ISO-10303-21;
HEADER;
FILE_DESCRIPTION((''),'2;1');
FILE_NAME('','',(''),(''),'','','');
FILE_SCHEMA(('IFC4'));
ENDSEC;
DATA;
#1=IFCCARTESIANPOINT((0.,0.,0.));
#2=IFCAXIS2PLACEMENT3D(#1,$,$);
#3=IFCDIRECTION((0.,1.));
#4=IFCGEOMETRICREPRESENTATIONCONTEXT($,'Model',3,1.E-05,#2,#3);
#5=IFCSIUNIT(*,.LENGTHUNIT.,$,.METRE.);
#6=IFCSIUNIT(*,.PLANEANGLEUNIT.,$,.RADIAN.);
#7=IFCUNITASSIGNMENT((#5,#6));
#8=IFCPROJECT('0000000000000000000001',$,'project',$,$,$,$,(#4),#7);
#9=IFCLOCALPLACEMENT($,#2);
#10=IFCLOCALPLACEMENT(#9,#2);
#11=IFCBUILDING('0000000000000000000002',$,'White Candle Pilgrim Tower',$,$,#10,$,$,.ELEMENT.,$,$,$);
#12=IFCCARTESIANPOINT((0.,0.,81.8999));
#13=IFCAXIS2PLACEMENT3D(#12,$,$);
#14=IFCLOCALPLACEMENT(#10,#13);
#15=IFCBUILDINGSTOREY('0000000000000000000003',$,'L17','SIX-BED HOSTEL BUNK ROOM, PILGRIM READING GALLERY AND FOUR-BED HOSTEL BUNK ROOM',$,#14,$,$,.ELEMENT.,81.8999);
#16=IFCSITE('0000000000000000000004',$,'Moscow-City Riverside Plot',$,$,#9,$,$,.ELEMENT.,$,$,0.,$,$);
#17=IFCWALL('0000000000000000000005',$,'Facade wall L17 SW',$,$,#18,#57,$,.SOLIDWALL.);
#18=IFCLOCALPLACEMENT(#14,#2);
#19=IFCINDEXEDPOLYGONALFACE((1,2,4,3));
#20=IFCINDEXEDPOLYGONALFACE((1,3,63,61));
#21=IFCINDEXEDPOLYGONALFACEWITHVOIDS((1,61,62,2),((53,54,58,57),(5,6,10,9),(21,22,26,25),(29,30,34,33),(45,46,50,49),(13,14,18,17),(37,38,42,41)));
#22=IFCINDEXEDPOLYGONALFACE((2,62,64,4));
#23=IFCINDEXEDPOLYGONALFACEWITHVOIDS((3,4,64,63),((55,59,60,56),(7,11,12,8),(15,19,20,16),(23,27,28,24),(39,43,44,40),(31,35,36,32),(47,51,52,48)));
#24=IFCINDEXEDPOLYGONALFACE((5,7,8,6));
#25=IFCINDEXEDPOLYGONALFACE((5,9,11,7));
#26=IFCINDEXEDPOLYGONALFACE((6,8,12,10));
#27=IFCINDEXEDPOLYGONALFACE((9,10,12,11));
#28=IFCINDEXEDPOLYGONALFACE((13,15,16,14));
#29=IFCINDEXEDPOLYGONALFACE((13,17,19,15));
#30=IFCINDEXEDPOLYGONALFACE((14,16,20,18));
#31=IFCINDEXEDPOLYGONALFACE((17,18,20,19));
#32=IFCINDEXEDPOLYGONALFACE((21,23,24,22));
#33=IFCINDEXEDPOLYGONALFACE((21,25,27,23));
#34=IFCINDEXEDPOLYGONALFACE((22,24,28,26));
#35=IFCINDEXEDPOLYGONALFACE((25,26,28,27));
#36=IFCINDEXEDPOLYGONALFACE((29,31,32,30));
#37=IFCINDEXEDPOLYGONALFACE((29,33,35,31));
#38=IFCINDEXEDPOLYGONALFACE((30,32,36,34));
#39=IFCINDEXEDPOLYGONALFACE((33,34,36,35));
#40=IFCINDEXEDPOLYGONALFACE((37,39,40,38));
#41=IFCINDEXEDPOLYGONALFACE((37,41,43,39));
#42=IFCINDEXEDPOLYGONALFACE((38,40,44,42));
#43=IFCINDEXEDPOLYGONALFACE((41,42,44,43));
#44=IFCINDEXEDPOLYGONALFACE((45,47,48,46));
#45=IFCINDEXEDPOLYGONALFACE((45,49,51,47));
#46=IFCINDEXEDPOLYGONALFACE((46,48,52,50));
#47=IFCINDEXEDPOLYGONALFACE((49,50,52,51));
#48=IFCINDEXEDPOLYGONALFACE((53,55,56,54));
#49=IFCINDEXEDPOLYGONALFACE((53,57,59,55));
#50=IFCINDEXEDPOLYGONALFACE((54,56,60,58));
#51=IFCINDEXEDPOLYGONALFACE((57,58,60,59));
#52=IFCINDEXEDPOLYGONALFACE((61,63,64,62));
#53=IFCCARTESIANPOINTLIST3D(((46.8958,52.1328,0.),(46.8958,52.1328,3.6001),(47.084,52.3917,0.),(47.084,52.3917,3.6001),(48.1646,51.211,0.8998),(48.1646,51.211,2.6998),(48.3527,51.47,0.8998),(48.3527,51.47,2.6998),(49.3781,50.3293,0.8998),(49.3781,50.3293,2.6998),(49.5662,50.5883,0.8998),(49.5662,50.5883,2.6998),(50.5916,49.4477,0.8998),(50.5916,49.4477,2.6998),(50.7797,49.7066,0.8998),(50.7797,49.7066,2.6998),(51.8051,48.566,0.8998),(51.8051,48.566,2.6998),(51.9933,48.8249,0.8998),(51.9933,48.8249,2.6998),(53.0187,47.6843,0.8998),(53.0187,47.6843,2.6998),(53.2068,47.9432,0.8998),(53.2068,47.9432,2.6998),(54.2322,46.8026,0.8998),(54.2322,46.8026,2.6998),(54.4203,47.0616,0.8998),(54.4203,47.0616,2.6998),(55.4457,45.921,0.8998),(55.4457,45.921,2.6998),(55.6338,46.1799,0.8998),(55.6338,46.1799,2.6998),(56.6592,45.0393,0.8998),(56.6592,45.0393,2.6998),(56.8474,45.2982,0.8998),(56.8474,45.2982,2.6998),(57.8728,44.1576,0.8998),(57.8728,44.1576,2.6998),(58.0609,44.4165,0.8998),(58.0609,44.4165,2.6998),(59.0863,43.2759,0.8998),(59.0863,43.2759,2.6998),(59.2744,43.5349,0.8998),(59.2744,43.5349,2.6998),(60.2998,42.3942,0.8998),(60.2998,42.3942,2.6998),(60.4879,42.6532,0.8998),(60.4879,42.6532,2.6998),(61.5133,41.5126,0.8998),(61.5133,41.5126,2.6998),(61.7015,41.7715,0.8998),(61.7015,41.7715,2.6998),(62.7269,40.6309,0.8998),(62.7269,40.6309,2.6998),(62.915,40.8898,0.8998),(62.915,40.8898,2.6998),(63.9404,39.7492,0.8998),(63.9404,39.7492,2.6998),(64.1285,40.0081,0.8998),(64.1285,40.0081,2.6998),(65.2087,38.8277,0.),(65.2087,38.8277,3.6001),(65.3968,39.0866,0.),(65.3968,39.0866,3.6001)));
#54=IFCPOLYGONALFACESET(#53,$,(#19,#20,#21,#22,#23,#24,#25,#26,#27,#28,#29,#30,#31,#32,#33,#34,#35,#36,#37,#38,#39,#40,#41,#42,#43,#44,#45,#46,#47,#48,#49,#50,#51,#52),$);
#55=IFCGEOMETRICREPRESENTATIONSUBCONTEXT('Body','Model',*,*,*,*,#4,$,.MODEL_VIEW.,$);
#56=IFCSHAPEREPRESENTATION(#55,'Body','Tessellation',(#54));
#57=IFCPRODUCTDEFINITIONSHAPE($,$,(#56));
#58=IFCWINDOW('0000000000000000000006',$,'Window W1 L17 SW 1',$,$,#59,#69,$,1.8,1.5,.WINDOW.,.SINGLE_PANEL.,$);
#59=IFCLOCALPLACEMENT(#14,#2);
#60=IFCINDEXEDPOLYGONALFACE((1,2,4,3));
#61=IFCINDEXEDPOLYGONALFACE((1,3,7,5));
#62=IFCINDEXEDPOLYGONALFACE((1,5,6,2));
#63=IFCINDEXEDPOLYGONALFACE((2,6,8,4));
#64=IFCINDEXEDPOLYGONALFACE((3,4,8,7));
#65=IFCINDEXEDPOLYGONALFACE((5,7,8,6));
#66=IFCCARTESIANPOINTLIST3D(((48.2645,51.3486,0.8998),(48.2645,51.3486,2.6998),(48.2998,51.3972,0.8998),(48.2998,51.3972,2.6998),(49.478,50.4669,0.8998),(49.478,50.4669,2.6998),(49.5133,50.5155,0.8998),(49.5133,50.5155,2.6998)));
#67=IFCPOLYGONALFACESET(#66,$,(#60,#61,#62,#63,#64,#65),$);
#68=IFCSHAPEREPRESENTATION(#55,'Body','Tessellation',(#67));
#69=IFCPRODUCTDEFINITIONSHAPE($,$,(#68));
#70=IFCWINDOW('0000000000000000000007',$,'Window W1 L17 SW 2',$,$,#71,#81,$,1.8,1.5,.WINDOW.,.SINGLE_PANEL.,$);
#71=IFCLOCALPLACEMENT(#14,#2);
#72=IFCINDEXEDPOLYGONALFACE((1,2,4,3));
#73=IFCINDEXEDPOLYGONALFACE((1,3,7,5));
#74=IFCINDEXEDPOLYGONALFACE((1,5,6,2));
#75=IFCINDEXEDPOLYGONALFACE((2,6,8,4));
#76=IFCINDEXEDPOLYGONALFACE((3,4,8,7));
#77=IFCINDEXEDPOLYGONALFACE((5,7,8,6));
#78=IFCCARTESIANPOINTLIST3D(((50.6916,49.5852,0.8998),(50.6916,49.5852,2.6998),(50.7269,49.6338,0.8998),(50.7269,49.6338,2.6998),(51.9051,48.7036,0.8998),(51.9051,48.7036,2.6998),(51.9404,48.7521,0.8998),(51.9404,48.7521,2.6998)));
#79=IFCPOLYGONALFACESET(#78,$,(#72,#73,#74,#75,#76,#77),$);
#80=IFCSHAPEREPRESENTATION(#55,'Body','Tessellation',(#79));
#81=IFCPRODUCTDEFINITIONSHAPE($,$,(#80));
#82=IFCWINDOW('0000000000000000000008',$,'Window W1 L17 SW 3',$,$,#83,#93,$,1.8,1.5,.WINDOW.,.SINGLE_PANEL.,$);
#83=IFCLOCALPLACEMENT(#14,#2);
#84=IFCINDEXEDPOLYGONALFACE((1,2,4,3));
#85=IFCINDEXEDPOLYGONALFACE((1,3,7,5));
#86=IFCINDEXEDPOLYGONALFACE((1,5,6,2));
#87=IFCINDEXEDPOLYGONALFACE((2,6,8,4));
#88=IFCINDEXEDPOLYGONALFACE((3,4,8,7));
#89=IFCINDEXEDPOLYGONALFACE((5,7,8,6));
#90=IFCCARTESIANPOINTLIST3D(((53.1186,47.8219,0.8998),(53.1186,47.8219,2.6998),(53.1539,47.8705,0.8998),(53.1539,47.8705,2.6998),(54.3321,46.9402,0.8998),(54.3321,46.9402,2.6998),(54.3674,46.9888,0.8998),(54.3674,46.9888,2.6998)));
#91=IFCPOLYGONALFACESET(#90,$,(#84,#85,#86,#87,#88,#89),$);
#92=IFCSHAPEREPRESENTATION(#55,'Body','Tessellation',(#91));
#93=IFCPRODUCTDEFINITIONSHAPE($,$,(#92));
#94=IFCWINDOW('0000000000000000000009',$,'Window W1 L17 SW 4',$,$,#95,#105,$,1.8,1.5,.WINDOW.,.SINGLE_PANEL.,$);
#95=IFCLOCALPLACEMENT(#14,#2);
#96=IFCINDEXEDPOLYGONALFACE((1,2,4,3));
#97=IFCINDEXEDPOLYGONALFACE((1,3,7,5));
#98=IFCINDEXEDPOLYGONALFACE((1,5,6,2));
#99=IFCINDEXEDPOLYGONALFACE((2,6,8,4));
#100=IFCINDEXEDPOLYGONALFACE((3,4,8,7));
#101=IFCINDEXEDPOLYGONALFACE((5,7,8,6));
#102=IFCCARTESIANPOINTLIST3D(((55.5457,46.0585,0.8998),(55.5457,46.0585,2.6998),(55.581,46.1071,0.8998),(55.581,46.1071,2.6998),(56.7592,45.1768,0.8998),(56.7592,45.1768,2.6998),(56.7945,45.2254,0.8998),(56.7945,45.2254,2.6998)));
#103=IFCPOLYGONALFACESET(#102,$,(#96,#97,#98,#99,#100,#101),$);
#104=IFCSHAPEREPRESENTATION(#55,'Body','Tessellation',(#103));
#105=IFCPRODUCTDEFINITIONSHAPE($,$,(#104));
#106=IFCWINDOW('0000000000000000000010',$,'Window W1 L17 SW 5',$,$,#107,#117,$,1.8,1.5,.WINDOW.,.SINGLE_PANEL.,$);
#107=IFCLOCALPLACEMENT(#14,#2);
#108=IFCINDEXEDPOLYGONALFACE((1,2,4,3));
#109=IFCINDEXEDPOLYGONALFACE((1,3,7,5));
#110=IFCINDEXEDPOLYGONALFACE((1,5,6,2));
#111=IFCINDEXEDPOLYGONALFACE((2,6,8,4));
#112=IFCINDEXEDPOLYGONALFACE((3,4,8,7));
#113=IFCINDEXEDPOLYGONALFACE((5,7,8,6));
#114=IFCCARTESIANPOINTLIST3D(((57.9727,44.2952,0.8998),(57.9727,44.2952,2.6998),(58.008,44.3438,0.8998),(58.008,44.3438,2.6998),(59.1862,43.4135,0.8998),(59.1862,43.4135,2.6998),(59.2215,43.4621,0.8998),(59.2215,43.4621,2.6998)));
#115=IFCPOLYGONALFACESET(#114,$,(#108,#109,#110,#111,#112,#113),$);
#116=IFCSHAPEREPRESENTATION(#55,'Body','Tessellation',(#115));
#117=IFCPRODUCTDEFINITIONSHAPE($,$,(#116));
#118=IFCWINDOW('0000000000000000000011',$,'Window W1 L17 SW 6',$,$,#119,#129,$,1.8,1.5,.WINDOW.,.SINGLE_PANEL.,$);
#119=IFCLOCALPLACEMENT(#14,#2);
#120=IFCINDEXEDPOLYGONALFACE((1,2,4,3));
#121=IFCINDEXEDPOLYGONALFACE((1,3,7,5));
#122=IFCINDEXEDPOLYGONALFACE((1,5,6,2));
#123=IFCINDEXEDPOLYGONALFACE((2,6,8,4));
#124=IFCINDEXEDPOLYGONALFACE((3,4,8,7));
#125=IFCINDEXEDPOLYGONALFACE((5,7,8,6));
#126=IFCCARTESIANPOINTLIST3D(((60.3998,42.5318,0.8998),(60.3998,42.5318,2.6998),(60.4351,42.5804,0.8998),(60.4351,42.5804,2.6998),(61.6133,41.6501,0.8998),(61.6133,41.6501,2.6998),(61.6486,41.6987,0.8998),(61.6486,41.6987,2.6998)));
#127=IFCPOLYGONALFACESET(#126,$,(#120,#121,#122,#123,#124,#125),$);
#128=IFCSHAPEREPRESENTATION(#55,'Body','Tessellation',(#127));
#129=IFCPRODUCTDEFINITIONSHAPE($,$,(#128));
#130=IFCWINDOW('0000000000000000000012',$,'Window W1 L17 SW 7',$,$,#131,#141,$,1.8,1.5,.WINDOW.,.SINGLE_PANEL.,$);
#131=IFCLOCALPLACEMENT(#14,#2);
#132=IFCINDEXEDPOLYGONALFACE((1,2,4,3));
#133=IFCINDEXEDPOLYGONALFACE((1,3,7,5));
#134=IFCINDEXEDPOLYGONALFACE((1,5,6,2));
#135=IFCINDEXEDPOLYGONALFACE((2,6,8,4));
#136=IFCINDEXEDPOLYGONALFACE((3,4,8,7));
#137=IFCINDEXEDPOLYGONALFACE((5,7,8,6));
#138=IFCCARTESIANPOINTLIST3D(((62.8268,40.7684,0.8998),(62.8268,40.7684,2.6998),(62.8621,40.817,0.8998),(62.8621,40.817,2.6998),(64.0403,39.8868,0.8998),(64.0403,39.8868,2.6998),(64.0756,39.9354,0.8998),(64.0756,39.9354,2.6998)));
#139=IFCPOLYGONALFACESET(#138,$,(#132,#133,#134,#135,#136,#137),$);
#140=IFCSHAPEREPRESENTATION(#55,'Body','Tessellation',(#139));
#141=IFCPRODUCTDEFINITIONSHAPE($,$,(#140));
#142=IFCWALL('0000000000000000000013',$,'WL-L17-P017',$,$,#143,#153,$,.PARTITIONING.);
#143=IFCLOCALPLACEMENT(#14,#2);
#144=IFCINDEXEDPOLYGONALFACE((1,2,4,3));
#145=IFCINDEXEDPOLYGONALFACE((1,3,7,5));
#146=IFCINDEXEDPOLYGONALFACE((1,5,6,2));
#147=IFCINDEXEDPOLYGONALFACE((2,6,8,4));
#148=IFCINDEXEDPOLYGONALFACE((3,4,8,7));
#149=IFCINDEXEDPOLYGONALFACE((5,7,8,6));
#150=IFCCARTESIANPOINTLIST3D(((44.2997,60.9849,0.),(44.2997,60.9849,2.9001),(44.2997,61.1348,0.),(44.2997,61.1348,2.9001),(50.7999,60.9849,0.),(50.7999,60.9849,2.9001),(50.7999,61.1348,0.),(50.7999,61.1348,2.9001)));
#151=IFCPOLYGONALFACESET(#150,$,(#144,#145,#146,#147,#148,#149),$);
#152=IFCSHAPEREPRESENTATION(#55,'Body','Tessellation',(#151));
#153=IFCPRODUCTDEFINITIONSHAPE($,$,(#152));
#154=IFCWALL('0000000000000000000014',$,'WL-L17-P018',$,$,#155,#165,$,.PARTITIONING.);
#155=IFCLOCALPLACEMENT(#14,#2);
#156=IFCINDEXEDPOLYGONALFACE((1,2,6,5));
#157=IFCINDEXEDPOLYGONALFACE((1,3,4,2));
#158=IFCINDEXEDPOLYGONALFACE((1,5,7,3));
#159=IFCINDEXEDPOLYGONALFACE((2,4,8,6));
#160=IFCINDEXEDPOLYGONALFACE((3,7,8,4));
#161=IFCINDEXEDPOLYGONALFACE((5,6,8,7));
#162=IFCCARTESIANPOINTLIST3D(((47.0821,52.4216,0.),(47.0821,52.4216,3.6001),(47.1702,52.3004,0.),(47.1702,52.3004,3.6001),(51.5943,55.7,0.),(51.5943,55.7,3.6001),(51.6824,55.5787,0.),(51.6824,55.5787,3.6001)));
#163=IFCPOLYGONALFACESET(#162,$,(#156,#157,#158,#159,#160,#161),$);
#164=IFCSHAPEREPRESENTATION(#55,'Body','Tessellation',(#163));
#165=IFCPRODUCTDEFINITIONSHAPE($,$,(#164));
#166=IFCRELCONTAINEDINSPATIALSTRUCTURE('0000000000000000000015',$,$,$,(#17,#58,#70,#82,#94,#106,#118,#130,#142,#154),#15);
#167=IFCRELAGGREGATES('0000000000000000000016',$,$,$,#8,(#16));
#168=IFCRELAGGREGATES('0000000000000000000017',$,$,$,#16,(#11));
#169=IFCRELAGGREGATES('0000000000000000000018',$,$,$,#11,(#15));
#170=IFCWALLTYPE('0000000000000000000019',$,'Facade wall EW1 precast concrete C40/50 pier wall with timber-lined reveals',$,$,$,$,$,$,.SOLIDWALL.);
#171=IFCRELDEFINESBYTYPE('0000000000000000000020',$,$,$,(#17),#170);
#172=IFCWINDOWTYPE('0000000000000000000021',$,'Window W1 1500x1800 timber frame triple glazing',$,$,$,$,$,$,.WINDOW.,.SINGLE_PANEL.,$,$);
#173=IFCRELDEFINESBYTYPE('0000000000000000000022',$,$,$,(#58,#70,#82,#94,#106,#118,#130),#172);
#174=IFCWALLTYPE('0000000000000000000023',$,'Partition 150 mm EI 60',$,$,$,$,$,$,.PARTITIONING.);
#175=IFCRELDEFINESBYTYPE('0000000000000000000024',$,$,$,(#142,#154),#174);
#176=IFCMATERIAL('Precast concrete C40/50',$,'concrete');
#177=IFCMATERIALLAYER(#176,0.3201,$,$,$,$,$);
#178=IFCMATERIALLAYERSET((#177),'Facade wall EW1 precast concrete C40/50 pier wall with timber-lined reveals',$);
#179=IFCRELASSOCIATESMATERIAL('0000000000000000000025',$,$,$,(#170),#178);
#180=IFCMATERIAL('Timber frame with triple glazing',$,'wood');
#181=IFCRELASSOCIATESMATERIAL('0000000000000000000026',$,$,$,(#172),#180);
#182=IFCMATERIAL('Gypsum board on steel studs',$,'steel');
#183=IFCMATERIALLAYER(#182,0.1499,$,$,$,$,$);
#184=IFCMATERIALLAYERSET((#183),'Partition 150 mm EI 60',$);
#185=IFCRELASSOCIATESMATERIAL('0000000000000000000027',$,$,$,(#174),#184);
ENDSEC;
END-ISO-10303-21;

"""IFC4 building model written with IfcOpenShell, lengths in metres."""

from ifc_helpers import new_model, si_unit, direction, frame, frame_2d, origin, place, context, subcontext, project, spatial, rectangle, extrude, material, layer, layer_set, type_object, element, fill, save


model = new_model("IFC4")

# Units and contexts
model_context = context("Model", 3, precision=1e-05, world=origin(), true_north=direction((0.0, 1.0)))
body_context = subcontext(model_context, "Body", "Model", "MODEL_VIEW")
ifc_project = project(units=[si_unit("LENGTHUNIT", "METRE"), si_unit("PLANEANGLEUNIT", "RADIAN")], contexts=[model_context])

# Site, building, storey
site_placement = place(None, origin())
site = spatial("IfcSite", under=ifc_project, at=site_placement, Name="Moscow-City Riverside Plot", CompositionType="ELEMENT", RefElevation=0.0)
building_placement = place(site_placement, origin())
building = spatial("IfcBuilding", under=site, at=building_placement, Name="White Candle Pilgrim Tower", CompositionType="ELEMENT")
storey_placement = place(building_placement, frame((0.0, 0.0, 81.8999)))
storey = spatial("IfcBuildingStorey", under=building, at=storey_placement, Name="L17", Description="SIX-BED HOSTEL BUNK ROOM, PILGRIM READING GALLERY AND FOUR-BED HOSTEL BUNK ROOM", CompositionType="ELEMENT", Elevation=81.8999)

# Shared definitions
ifc_material_1 = material(Name="Gypsum board on steel studs", Category="steel")

# Wall, openings, windows
ifc_material_2 = material(Name="Precast concrete C40/50", Category="concrete")
ifc_layer_1 = layer(ifc_material_2, 0.3201)
ifc_layer_set_1 = layer_set([ifc_layer_1], Name="Facade wall EW1 precast concrete C40/50 pier wall with timber-lined reveals")
wall_type_1 = type_object("IfcWallType", Name="Facade wall EW1 precast concrete C40/50 pier wall with timber-lined reveals", PredefinedType="SOLIDWALL", material=ifc_layer_set_1)
ifc_material_3 = material(Name="Timber frame with triple glazing", Category="wood")
wall_1_placement = place(storey_placement, frame((46.99, 52.2622, 0.0), z_axis=(0.0, 0.0, 1.0), x_axis=(0.809017, -0.587786, 0.0)))
wall_1 = element("IfcWall", 1, at=wall_1_placement, inside=storey, type_object=wall_type_1, Name="Facade wall L17 SW", PredefinedType="SOLIDWALL", context=body_context, shape_type="SweptSolid", body=[
    extrude(rectangle(XDim=22.636, YDim=0.3201, at=frame_2d((11.3179, 0.0))), origin(), (0.0, 0.0, 1.0), 3.6001),
])
opening_1_placement = place(wall_1_placement, frame((1.5681, 0.0, 0.8999)))
opening_1 = element("IfcOpeningElement", 2, at=opening_1_placement, cuts=wall_1, PredefinedType="OPENING", context=body_context, shape_type="SweptSolid", body=[
    extrude(rectangle(XDim=1.5, YDim=1.8, at=frame_2d((0.75, 0.8999))), frame((0.0, 0.1699, 0.0), z_axis=(0.0, -1.0, 0.0), x_axis=(1.0, 0.0, 0.0)), (0.0, 0.0, 1.0), 0.3401),
])
opening_2_placement = place(wall_1_placement, frame((4.5681, 0.0, 0.8999)))
opening_2 = element("IfcOpeningElement", 3, at=opening_2_placement, cuts=wall_1, PredefinedType="OPENING", context=body_context, shape_type="SweptSolid", body=[
    extrude(rectangle(XDim=1.5, YDim=1.8, at=frame_2d((0.75, 0.8999))), frame((0.0, 0.1699, 0.0), z_axis=(0.0, -1.0, 0.0), x_axis=(1.0, 0.0, 0.0)), (0.0, 0.0, 1.0), 0.3401),
])
opening_3_placement = place(wall_1_placement, frame((7.5681, 0.0, 0.8999)))
opening_3 = element("IfcOpeningElement", 4, at=opening_3_placement, cuts=wall_1, PredefinedType="OPENING", context=body_context, shape_type="SweptSolid", body=[
    extrude(rectangle(XDim=1.5, YDim=1.8, at=frame_2d((0.75, 0.8999))), frame((0.0, 0.1699, 0.0), z_axis=(0.0, -1.0, 0.0), x_axis=(1.0, 0.0, 0.0)), (0.0, 0.0, 1.0), 0.3401),
])
opening_4_placement = place(wall_1_placement, frame((10.5681, 0.0, 0.8999)))
opening_4 = element("IfcOpeningElement", 5, at=opening_4_placement, cuts=wall_1, PredefinedType="OPENING", context=body_context, shape_type="SweptSolid", body=[
    extrude(rectangle(XDim=1.5, YDim=1.8, at=frame_2d((0.75, 0.8999))), frame((0.0, 0.1699, 0.0), z_axis=(0.0, -1.0, 0.0), x_axis=(1.0, 0.0, 0.0)), (0.0, 0.0, 1.0), 0.3401),
])
opening_5_placement = place(wall_1_placement, frame((13.5681, 0.0, 0.8999)))
opening_5 = element("IfcOpeningElement", 6, at=opening_5_placement, cuts=wall_1, PredefinedType="OPENING", context=body_context, shape_type="SweptSolid", body=[
    extrude(rectangle(XDim=1.5, YDim=1.8, at=frame_2d((0.75, 0.8999))), frame((0.0, 0.1699, 0.0), z_axis=(0.0, -1.0, 0.0), x_axis=(1.0, 0.0, 0.0)), (0.0, 0.0, 1.0), 0.3401),
])
opening_6_placement = place(wall_1_placement, frame((16.5681, 0.0, 0.8999)))
opening_6 = element("IfcOpeningElement", 7, at=opening_6_placement, cuts=wall_1, PredefinedType="OPENING", context=body_context, shape_type="SweptSolid", body=[
    extrude(rectangle(XDim=1.5, YDim=1.8, at=frame_2d((0.75, 0.8999))), frame((0.0, 0.1699, 0.0), z_axis=(0.0, -1.0, 0.0), x_axis=(1.0, 0.0, 0.0)), (0.0, 0.0, 1.0), 0.3401),
])
opening_7_placement = place(wall_1_placement, frame((19.5681, 0.0, 0.8999)))
opening_7 = element("IfcOpeningElement", 8, at=opening_7_placement, cuts=wall_1, PredefinedType="OPENING", context=body_context, shape_type="SweptSolid", body=[
    extrude(rectangle(XDim=1.5, YDim=1.8, at=frame_2d((0.75, 0.8999))), frame((0.0, 0.1699, 0.0), z_axis=(0.0, -1.0, 0.0), x_axis=(1.0, 0.0, 0.0)), (0.0, 0.0, 1.0), 0.3401),
])
window_type_1 = type_object("IfcWindowType", Name="Window W1 1500x1800 timber frame triple glazing", PartitioningType="SINGLE_PANEL", PredefinedType="WINDOW", material=ifc_material_3)
window_1_placement = place(opening_1_placement, origin())
window_1 = element("IfcWindow", 9, at=window_1_placement, inside=storey, type_object=window_type_1, Name="Window W1 L17 SW 1", OverallHeight=1.8, OverallWidth=1.5, PartitioningType="SINGLE_PANEL", PredefinedType="WINDOW", context=body_context, shape_type="SweptSolid", body=[
    extrude(rectangle(XDim=1.5, YDim=1.8, at=frame_2d((0.75, 0.8999))), frame((0.0, 0.0701, 0.0), z_axis=(0.0, -1.0, 0.0), x_axis=(1.0, 0.0, 0.0)), (0.0, 0.0, 1.0), 0.0601),
])
fill(opening_1, window_1)
window_2_placement = place(opening_2_placement, origin())
window_2 = element("IfcWindow", 10, at=window_2_placement, inside=storey, type_object=window_type_1, Name="Window W1 L17 SW 2", OverallHeight=1.8, OverallWidth=1.5, PartitioningType="SINGLE_PANEL", PredefinedType="WINDOW", context=body_context, shape_type="SweptSolid", body=[
    extrude(rectangle(XDim=1.5, YDim=1.8, at=frame_2d((0.75, 0.8999))), frame((0.0, 0.0701, 0.0), z_axis=(0.0, -1.0, 0.0), x_axis=(1.0, 0.0, 0.0)), (0.0, 0.0, 1.0), 0.0601),
])
fill(opening_2, window_2)
window_3_placement = place(opening_3_placement, origin())
window_3 = element("IfcWindow", 11, at=window_3_placement, inside=storey, type_object=window_type_1, Name="Window W1 L17 SW 3", OverallHeight=1.8, OverallWidth=1.5, PartitioningType="SINGLE_PANEL", PredefinedType="WINDOW", context=body_context, shape_type="SweptSolid", body=[
    extrude(rectangle(XDim=1.5, YDim=1.8, at=frame_2d((0.75, 0.8999))), frame((0.0, 0.0701, 0.0), z_axis=(0.0, -1.0, 0.0), x_axis=(1.0, 0.0, 0.0)), (0.0, 0.0, 1.0), 0.0601),
])
fill(opening_3, window_3)
window_4_placement = place(opening_4_placement, origin())
window_4 = element("IfcWindow", 12, at=window_4_placement, inside=storey, type_object=window_type_1, Name="Window W1 L17 SW 4", OverallHeight=1.8, OverallWidth=1.5, PartitioningType="SINGLE_PANEL", PredefinedType="WINDOW", context=body_context, shape_type="SweptSolid", body=[
    extrude(rectangle(XDim=1.5, YDim=1.8, at=frame_2d((0.75, 0.8999))), frame((0.0, 0.0701, 0.0), z_axis=(0.0, -1.0, 0.0), x_axis=(1.0, 0.0, 0.0)), (0.0, 0.0, 1.0), 0.0601),
])
fill(opening_4, window_4)
window_5_placement = place(opening_5_placement, origin())
window_5 = element("IfcWindow", 13, at=window_5_placement, inside=storey, type_object=window_type_1, Name="Window W1 L17 SW 5", OverallHeight=1.8, OverallWidth=1.5, PartitioningType="SINGLE_PANEL", PredefinedType="WINDOW", context=body_context, shape_type="SweptSolid", body=[
    extrude(rectangle(XDim=1.5, YDim=1.8, at=frame_2d((0.75, 0.8999))), frame((0.0, 0.0701, 0.0), z_axis=(0.0, -1.0, 0.0), x_axis=(1.0, 0.0, 0.0)), (0.0, 0.0, 1.0), 0.0601),
])
fill(opening_5, window_5)
window_6_placement = place(opening_6_placement, origin())
window_6 = element("IfcWindow", 14, at=window_6_placement, inside=storey, type_object=window_type_1, Name="Window W1 L17 SW 6", OverallHeight=1.8, OverallWidth=1.5, PartitioningType="SINGLE_PANEL", PredefinedType="WINDOW", context=body_context, shape_type="SweptSolid", body=[
    extrude(rectangle(XDim=1.5, YDim=1.8, at=frame_2d((0.75, 0.8999))), frame((0.0, 0.0701, 0.0), z_axis=(0.0, -1.0, 0.0), x_axis=(1.0, 0.0, 0.0)), (0.0, 0.0, 1.0), 0.0601),
])
fill(opening_6, window_6)
window_7_placement = place(opening_7_placement, origin())
window_7 = element("IfcWindow", 15, at=window_7_placement, inside=storey, type_object=window_type_1, Name="Window W1 L17 SW 7", OverallHeight=1.8, OverallWidth=1.5, PartitioningType="SINGLE_PANEL", PredefinedType="WINDOW", context=body_context, shape_type="SweptSolid", body=[
    extrude(rectangle(XDim=1.5, YDim=1.8, at=frame_2d((0.75, 0.8999))), frame((0.0, 0.0701, 0.0), z_axis=(0.0, -1.0, 0.0), x_axis=(1.0, 0.0, 0.0)), (0.0, 0.0, 1.0), 0.0601),
])
fill(opening_7, window_7)

# Walls
ifc_layer_2 = layer(ifc_material_1, 0.1499)
ifc_layer_set_2 = layer_set([ifc_layer_2], Name="Partition 150 mm EI 60")
wall_type_2 = type_object("IfcWallType", Name="Partition 150 mm EI 60", PredefinedType="PARTITIONING", material=ifc_layer_set_2)
wall_2_placement = place(storey_placement, frame((44.2998, 61.0598, 0.0), z_axis=(0.0, 0.0, 1.0), x_axis=(1.0, 0.0, 0.0)))
element("IfcWall", 16, at=wall_2_placement, inside=storey, type_object=wall_type_2, Name="WL-L17-P017", PredefinedType="PARTITIONING", context=body_context, shape_type="SweptSolid", body=[
    extrude(rectangle(XDim=6.5002, YDim=0.1499, at=frame_2d((3.25, 0.0))), origin(), (0.0, 0.0, 1.0), 2.9001),
])
wall_3_placement = place(storey_placement, frame((47.1262, 52.3611, 0.0), z_axis=(0.0, 0.0, 1.0), x_axis=(0.809016, 0.587786, 0.0)))
element("IfcWall", 17, at=wall_3_placement, inside=storey, type_object=wall_type_2, Name="WL-L17-P018", PredefinedType="PARTITIONING", context=body_context, shape_type="SweptSolid", body=[
    extrude(rectangle(XDim=5.5774, YDim=0.1499, at=frame_2d((2.7886, 0.0))), origin(), (0.0, 0.0, 1.0), 3.6001),
])

save(model, "model.ifc")
